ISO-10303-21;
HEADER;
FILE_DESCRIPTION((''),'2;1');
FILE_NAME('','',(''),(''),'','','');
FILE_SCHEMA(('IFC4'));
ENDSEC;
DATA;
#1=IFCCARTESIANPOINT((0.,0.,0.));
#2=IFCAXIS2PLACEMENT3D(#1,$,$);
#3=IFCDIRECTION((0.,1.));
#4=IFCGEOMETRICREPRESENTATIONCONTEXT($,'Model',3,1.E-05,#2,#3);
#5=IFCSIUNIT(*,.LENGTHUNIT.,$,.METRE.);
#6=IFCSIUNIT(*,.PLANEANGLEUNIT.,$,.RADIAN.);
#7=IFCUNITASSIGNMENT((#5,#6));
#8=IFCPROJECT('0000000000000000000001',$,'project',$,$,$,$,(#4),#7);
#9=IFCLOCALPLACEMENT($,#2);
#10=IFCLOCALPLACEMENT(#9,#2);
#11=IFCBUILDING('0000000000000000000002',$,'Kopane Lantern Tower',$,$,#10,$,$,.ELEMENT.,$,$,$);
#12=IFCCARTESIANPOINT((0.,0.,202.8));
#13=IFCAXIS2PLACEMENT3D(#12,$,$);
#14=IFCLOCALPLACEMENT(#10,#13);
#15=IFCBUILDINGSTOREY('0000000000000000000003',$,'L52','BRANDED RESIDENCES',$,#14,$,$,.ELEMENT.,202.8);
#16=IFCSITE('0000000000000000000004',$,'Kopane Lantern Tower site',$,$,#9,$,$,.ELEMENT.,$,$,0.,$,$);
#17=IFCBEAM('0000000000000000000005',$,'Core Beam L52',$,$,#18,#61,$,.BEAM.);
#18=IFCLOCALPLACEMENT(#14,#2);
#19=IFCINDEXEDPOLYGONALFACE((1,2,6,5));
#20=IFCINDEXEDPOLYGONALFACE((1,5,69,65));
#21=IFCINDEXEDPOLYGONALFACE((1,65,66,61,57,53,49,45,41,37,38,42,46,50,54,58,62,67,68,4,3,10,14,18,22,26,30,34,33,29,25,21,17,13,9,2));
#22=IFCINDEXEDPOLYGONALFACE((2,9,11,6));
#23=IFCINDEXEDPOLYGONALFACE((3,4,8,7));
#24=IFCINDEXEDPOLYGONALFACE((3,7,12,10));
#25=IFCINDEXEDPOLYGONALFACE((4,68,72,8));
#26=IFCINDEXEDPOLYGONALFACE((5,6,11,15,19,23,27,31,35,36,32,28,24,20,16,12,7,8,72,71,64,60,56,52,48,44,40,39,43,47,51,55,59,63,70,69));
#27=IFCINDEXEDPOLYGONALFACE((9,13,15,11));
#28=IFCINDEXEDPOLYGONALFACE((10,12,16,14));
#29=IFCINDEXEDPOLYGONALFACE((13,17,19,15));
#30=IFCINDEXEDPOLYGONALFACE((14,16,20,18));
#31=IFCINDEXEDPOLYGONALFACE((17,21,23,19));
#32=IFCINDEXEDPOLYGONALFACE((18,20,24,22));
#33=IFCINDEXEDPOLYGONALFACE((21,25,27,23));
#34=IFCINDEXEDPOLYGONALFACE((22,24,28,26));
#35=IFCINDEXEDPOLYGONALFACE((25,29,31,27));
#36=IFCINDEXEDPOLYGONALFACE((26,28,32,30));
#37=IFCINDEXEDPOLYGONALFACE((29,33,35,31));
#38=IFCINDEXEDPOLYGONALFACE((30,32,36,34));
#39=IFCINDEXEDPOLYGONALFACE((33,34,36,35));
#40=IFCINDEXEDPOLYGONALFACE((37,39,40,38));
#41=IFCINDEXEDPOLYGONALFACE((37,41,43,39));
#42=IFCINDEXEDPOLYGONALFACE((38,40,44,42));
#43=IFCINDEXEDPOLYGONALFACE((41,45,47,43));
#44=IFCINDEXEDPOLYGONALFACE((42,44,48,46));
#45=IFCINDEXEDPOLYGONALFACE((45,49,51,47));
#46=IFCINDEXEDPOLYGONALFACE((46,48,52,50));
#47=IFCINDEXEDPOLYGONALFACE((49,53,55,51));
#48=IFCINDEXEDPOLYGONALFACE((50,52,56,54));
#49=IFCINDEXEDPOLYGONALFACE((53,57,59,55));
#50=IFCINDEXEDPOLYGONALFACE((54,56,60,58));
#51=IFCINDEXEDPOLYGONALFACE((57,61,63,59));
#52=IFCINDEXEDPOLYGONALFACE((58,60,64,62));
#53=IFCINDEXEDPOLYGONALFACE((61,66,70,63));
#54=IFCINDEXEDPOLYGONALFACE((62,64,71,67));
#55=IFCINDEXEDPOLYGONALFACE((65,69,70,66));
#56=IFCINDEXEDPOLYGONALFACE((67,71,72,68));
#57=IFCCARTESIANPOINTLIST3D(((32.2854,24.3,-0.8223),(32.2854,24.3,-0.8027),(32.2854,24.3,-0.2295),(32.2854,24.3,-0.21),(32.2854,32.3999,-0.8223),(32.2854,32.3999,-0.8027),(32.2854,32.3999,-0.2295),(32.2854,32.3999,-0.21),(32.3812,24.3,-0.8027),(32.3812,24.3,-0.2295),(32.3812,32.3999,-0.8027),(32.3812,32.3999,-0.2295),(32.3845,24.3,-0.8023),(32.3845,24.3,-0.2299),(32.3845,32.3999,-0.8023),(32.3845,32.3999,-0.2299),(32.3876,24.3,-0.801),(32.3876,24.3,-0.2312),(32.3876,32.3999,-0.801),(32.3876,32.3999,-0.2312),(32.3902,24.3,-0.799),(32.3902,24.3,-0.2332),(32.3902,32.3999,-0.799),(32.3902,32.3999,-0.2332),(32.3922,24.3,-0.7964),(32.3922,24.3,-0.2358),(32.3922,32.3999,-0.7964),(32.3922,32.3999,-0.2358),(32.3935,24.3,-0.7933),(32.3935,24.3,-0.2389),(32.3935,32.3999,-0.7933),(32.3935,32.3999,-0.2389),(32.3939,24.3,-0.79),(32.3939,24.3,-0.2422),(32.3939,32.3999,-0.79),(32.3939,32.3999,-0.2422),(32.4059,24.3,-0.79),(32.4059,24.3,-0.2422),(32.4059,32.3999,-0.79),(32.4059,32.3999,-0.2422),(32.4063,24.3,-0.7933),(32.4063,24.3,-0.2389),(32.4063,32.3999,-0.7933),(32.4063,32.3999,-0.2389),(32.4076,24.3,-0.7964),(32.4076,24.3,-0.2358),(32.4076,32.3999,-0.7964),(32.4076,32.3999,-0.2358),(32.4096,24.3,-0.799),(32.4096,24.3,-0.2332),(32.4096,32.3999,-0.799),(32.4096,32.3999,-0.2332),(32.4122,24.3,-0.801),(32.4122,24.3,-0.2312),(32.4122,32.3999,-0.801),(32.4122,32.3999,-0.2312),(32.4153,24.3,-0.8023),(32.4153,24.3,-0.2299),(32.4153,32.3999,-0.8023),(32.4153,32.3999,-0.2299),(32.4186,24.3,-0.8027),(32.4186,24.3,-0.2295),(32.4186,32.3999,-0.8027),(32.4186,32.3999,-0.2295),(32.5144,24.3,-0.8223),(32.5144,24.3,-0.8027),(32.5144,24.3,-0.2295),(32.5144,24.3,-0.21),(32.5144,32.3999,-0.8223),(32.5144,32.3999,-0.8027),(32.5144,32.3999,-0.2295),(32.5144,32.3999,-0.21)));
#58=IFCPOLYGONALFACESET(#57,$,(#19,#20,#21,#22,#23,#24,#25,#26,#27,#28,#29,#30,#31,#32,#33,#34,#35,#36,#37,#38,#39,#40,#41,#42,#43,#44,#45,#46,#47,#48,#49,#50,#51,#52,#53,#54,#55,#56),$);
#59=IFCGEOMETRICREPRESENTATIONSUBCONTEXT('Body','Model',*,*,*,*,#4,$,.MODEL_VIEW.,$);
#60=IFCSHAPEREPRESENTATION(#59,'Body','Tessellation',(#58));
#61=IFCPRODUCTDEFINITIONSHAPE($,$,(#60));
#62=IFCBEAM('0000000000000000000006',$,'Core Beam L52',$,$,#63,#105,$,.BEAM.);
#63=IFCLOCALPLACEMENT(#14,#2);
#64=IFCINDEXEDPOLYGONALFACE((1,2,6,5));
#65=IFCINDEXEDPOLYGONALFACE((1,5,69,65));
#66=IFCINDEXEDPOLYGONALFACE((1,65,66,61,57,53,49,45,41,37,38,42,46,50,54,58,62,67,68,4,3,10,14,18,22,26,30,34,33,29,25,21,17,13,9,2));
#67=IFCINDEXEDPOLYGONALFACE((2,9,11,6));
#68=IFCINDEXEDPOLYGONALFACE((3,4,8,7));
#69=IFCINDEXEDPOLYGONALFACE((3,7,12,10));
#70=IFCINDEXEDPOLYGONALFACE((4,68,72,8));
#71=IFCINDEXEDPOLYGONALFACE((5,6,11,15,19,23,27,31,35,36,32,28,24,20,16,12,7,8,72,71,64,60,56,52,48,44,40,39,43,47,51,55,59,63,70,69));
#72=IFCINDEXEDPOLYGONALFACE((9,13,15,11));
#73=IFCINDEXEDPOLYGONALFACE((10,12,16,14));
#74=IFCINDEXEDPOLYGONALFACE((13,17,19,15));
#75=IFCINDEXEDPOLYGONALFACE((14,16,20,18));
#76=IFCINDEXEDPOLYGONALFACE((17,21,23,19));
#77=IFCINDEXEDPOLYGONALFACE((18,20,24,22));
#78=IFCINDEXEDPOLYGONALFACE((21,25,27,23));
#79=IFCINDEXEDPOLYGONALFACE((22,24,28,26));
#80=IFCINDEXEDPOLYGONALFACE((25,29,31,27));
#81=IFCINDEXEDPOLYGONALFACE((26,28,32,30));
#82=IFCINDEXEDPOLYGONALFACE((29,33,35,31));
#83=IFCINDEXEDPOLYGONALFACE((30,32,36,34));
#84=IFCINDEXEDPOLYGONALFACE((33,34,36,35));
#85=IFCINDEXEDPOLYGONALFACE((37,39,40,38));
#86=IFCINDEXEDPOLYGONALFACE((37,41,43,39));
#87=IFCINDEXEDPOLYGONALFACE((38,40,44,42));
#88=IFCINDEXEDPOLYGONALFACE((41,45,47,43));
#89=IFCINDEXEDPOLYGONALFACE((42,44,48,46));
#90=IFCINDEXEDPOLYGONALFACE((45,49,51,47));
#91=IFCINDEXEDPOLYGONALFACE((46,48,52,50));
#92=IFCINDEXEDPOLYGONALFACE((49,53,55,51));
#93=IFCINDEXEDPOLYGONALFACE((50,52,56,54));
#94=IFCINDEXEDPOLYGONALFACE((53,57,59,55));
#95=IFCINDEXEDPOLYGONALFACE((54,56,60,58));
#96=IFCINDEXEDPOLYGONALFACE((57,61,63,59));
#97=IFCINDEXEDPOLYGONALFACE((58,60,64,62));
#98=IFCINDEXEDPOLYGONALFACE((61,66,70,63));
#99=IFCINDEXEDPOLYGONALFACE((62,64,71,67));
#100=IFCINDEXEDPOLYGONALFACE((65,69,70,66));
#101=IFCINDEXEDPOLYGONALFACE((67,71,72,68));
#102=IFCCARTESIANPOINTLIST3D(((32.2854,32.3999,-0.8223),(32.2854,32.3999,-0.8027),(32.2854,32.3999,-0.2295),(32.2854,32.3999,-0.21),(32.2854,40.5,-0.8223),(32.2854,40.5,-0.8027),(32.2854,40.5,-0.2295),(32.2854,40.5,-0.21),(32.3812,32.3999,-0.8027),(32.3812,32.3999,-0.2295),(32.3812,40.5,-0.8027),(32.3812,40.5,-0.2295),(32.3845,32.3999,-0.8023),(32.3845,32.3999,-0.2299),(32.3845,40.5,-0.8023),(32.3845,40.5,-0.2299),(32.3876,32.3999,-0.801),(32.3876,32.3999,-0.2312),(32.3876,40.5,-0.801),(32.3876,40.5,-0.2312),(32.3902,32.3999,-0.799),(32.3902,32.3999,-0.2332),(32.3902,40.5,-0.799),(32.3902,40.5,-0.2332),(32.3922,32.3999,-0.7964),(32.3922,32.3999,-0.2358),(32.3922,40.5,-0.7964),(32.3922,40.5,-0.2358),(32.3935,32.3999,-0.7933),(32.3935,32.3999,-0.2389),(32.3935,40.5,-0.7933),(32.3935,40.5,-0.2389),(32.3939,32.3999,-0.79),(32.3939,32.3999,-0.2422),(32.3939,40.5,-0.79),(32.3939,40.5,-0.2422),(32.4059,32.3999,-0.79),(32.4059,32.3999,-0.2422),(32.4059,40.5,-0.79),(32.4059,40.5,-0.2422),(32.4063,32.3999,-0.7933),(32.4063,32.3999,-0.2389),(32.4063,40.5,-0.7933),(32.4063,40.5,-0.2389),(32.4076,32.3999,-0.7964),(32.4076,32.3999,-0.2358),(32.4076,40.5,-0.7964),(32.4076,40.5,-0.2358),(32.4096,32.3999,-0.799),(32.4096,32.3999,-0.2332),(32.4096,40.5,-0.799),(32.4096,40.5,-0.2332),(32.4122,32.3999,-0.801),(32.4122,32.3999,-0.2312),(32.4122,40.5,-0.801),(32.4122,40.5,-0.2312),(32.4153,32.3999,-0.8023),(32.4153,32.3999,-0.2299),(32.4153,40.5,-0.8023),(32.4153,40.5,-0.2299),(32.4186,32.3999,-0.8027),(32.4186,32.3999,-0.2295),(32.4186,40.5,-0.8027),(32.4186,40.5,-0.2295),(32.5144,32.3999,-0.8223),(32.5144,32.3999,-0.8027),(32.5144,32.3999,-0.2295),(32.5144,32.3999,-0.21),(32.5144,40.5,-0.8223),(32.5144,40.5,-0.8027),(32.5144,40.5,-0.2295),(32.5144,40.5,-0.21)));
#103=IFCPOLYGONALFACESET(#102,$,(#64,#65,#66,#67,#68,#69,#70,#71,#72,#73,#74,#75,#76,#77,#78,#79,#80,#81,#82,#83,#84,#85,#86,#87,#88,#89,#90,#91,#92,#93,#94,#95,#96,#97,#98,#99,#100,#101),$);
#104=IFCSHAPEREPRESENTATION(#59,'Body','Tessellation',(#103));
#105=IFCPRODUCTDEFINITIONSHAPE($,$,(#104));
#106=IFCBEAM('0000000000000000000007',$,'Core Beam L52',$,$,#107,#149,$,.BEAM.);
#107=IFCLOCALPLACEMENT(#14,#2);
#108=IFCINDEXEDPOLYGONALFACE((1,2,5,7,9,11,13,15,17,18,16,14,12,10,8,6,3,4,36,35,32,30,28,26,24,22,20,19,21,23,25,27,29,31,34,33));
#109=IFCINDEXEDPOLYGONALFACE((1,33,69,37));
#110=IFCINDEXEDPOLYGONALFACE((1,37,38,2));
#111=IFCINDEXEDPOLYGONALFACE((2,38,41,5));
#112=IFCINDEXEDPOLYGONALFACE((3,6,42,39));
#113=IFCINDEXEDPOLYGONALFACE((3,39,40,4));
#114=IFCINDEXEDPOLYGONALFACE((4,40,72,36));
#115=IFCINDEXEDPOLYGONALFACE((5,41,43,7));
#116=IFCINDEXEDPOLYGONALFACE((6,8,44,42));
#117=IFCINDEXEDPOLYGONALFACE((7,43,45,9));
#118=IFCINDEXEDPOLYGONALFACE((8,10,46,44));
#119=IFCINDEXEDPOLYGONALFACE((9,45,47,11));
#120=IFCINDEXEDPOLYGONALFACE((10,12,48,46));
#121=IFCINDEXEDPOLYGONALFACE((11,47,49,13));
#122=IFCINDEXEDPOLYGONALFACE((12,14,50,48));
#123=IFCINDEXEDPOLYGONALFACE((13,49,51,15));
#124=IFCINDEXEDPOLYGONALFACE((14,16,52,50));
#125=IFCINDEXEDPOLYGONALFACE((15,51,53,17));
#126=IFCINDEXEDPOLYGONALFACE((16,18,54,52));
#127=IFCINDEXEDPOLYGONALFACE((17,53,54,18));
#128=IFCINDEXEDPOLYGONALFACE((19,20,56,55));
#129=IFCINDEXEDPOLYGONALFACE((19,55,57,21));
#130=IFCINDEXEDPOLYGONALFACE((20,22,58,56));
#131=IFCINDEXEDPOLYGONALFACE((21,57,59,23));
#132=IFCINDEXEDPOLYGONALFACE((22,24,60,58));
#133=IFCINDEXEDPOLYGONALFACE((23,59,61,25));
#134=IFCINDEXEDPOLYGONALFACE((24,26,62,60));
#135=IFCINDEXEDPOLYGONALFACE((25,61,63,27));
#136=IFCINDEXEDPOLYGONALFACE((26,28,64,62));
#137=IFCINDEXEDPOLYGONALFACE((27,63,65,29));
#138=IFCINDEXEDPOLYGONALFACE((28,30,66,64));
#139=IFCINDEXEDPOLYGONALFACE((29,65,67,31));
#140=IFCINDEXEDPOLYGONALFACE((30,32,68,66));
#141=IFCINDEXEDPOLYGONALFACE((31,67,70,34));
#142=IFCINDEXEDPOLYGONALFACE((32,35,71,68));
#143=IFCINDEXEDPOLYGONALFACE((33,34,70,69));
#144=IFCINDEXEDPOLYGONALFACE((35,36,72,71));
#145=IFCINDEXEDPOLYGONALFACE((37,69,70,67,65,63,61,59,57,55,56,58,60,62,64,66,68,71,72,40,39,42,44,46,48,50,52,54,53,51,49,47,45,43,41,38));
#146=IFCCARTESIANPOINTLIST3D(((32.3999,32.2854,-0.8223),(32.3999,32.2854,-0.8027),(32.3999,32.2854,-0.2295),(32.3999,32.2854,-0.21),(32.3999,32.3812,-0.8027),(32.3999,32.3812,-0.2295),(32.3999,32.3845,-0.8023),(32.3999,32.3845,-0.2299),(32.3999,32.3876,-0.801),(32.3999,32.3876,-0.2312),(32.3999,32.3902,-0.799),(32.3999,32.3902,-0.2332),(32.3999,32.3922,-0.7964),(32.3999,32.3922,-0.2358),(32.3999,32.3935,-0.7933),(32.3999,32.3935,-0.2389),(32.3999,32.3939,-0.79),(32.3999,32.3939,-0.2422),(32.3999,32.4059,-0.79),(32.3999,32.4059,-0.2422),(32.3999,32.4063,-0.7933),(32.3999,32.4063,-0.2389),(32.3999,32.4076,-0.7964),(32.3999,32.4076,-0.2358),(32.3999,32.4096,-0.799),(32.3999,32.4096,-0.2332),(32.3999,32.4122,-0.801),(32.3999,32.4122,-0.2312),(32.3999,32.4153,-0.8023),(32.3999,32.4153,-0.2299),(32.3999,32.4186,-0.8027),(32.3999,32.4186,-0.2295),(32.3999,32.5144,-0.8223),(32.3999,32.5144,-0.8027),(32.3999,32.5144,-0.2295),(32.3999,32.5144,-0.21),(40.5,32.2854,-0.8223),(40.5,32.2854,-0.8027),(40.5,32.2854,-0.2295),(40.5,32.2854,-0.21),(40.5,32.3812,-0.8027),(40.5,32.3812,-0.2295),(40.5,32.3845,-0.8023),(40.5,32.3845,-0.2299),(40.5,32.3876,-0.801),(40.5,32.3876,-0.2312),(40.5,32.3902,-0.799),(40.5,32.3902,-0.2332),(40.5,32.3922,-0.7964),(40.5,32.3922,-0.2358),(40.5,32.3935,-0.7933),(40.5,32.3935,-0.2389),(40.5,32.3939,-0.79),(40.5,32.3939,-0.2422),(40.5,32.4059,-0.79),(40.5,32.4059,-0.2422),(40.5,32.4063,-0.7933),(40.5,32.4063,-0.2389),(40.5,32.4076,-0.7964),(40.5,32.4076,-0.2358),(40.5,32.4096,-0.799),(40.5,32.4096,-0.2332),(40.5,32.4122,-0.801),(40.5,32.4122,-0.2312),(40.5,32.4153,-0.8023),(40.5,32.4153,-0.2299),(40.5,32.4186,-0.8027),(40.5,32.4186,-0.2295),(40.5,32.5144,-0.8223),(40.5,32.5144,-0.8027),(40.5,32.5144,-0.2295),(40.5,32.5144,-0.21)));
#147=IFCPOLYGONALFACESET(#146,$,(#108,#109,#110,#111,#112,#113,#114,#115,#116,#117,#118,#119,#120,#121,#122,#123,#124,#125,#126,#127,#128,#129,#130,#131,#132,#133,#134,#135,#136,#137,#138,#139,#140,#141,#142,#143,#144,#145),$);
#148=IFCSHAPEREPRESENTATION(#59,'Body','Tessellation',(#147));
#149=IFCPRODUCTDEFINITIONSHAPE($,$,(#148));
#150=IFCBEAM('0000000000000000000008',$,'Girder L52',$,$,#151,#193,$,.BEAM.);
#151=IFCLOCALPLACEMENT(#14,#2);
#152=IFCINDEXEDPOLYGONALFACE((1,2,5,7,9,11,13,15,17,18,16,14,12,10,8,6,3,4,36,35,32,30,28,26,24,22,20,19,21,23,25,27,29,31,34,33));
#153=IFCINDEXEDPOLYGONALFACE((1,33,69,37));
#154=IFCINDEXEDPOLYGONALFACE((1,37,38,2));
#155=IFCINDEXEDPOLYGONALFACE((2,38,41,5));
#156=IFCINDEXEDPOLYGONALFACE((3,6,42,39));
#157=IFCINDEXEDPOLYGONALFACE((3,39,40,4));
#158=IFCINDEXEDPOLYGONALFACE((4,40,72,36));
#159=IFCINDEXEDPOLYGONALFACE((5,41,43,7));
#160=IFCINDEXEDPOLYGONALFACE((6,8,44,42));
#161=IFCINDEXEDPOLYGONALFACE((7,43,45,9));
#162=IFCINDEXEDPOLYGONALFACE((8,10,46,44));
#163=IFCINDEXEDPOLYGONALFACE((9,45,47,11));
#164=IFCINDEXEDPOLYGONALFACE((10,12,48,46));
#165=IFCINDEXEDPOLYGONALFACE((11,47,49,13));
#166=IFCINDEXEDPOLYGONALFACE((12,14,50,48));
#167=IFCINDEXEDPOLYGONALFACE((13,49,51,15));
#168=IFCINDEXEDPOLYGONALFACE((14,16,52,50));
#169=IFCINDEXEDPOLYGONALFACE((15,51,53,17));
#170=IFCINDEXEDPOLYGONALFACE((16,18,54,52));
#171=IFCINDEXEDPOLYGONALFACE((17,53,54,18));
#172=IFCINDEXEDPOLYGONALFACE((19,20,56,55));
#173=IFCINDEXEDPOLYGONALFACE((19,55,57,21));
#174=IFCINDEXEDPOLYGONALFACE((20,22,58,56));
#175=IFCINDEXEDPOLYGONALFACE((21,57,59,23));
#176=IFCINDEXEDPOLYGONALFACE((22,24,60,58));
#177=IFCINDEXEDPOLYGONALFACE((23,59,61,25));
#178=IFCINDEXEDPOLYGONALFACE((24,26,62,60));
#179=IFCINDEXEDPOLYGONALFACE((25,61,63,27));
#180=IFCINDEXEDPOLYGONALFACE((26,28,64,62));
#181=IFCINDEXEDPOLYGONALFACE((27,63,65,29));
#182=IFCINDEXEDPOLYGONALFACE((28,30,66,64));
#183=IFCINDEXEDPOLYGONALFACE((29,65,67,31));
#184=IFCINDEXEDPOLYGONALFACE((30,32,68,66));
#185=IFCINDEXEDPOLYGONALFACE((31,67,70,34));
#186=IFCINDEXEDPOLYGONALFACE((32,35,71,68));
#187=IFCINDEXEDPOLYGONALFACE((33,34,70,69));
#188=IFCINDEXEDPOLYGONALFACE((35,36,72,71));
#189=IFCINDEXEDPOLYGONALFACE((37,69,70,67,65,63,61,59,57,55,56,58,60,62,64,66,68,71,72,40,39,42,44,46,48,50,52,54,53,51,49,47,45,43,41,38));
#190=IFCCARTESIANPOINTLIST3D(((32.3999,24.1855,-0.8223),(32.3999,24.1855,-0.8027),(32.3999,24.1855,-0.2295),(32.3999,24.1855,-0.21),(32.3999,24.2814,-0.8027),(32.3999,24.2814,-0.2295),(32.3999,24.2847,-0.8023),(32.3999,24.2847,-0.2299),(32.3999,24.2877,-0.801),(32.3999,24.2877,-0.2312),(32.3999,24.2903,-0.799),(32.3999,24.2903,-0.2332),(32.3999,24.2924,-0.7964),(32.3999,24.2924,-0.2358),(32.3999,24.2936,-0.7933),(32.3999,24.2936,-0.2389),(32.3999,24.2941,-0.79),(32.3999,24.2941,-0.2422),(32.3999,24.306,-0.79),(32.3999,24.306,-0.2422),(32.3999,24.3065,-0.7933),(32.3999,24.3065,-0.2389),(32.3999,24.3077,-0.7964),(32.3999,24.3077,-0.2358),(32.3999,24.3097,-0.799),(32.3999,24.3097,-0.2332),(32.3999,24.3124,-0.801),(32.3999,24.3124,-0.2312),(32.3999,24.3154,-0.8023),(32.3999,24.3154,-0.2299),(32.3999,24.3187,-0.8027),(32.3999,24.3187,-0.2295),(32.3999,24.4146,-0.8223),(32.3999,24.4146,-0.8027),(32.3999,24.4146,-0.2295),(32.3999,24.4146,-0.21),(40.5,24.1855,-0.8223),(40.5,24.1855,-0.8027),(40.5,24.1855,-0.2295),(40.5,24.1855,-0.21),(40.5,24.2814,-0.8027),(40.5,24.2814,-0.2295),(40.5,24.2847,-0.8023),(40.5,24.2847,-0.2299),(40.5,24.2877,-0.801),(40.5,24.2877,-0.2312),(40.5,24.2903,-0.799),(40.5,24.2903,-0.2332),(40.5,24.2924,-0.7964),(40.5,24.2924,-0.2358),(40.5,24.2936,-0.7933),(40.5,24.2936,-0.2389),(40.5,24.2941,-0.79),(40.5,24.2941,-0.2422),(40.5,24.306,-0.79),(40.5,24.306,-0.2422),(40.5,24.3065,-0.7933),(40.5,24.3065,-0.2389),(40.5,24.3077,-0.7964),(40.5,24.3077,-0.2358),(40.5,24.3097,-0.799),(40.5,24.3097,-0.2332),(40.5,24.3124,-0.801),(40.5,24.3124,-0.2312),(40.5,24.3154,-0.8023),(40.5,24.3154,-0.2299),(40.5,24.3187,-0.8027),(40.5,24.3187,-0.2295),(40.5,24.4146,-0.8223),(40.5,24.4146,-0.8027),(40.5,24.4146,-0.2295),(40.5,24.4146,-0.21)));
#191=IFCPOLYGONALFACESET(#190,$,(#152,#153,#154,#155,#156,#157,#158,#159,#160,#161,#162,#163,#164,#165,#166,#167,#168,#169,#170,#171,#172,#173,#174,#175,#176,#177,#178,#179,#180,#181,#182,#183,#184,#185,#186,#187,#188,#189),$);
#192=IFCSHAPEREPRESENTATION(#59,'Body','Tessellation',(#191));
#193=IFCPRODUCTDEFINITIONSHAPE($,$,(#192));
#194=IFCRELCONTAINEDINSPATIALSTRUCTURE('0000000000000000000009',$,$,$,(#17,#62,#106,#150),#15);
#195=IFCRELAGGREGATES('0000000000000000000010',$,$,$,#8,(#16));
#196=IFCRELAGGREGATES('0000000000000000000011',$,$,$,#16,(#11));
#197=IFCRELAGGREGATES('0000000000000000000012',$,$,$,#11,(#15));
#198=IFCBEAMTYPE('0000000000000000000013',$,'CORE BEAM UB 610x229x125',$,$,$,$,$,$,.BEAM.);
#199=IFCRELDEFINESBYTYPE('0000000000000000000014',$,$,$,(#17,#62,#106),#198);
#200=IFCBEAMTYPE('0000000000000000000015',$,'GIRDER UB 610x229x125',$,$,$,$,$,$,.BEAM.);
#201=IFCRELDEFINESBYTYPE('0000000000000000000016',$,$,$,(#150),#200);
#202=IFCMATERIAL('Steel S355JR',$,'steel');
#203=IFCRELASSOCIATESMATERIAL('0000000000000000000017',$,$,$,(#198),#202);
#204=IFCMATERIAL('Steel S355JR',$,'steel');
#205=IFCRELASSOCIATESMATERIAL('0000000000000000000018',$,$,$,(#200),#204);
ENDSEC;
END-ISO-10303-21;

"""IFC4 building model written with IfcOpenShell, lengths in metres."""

from ifc_helpers import new_model, si_unit, direction, frame, origin, origin_2d, place, context, subcontext, project, spatial, i_section, extrude, material, material_profile, profile_set, type_object, element, save


model = new_model("IFC4")

# Units and contexts
model_context = context("Model", 3, precision=1e-05, world=origin(), true_north=direction((0.0, 1.0)))
body_context = subcontext(model_context, "Body", "Model", "MODEL_VIEW")
ifc_project = project(units=[si_unit("LENGTHUNIT", "METRE"), si_unit("PLANEANGLEUNIT", "RADIAN")], contexts=[model_context])

# Site, building, storey
site_placement = place(None, origin())
site = spatial("IfcSite", under=ifc_project, at=site_placement, Name="Kopane Lantern Tower site", CompositionType="ELEMENT", RefElevation=0.0)
building_placement = place(site_placement, origin())
building = spatial("IfcBuilding", under=site, at=building_placement, Name="Kopane Lantern Tower", CompositionType="ELEMENT")
storey_placement = place(building_placement, frame((0.0, 0.0, 202.8)))
storey = spatial("IfcBuildingStorey", under=building, at=storey_placement, Name="L52", Description="BRANDED RESIDENCES", CompositionType="ELEMENT", Elevation=202.8)

# Beams
ifc_material_1 = material(Name="Steel S355JR", Category="steel")
ifc_material_profile_1 = material_profile(ifc_material_1, i_section(OverallWidth=0.229, OverallDepth=0.6123, WebThickness=0.012, FlangeThickness=0.0195, FilletRadius=0.0127, at=origin_2d()), Name="UB 610x229x125")
ifc_profile_set_1 = profile_set([ifc_material_profile_1], Name="Steel S355JR")
beam_type_1 = type_object("IfcBeamType", Name="CORE BEAM UB 610x229x125", PredefinedType="BEAM", material=ifc_profile_set_1)
for number, where, z_axis, x_axis, name in (
    (1, (32.3999, 24.3, -0.5161), (0.0, 1.0, 0.0), (-1.0, 0.0, 0.0), "Core Beam L52"),
):
    element("IfcBeam", number, at=place(storey_placement, frame(where, z_axis=z_axis, x_axis=x_axis)), inside=storey, type_object=beam_type_1, Name=name, PredefinedType="BEAM", context=body_context, shape_type="SweptSolid", body=[
        extrude(i_section(OverallWidth=0.229, OverallDepth=0.6123, WebThickness=0.012, FlangeThickness=0.0195, FilletRadius=0.0127, at=origin_2d()), origin(), (0.0, 0.0, 1.0), 8.0999),
    ])
for number, where, z_axis, x_axis, name in (
    (2, (32.3999, 32.3999, -0.5161), (0.0, 1.0, 0.0), (-1.0, 0.0, 0.0), "Core Beam L52"),
    (3, (32.3999, 32.3999, -0.5161), (1.0, 0.0, 0.0), (0.0, 1.0, 0.0), "Core Beam L52"),
):
    element("IfcBeam", number, at=place(storey_placement, frame(where, z_axis=z_axis, x_axis=x_axis)), inside=storey, type_object=beam_type_1, Name=name, PredefinedType="BEAM", context=body_context, shape_type="SweptSolid", body=[
        extrude(i_section(OverallWidth=0.229, OverallDepth=0.6123, WebThickness=0.012, FlangeThickness=0.0195, FilletRadius=0.0127, at=origin_2d()), origin(), (0.0, 0.0, 1.0), 8.1001),
    ])
ifc_material_2 = material(Name="Steel S355JR", Category="steel")
ifc_material_profile_2 = material_profile(ifc_material_2, i_section(OverallWidth=0.229, OverallDepth=0.6123, WebThickness=0.012, FlangeThickness=0.0195, FilletRadius=0.0127, at=origin_2d()), Name="UB 610x229x125")
ifc_profile_set_2 = profile_set([ifc_material_profile_2], Name="Steel S355JR")
beam_type_2 = type_object("IfcBeamType", Name="GIRDER UB 610x229x125", PredefinedType="BEAM", material=ifc_profile_set_2)
beam_1_placement = place(storey_placement, frame((32.3999, 24.3, -0.5161), z_axis=(1.0, 0.0, 0.0), x_axis=(0.0, 1.0, 0.0)))
element("IfcBeam", 4, at=beam_1_placement, inside=storey, type_object=beam_type_2, Name="Girder L52", PredefinedType="BEAM", context=body_context, shape_type="SweptSolid", body=[
    extrude(i_section(OverallWidth=0.229, OverallDepth=0.6123, WebThickness=0.012, FlangeThickness=0.0195, FilletRadius=0.0127, at=origin_2d()), origin(), (0.0, 0.0, 1.0), 8.1001),
])

save(model, "model.ifc")
